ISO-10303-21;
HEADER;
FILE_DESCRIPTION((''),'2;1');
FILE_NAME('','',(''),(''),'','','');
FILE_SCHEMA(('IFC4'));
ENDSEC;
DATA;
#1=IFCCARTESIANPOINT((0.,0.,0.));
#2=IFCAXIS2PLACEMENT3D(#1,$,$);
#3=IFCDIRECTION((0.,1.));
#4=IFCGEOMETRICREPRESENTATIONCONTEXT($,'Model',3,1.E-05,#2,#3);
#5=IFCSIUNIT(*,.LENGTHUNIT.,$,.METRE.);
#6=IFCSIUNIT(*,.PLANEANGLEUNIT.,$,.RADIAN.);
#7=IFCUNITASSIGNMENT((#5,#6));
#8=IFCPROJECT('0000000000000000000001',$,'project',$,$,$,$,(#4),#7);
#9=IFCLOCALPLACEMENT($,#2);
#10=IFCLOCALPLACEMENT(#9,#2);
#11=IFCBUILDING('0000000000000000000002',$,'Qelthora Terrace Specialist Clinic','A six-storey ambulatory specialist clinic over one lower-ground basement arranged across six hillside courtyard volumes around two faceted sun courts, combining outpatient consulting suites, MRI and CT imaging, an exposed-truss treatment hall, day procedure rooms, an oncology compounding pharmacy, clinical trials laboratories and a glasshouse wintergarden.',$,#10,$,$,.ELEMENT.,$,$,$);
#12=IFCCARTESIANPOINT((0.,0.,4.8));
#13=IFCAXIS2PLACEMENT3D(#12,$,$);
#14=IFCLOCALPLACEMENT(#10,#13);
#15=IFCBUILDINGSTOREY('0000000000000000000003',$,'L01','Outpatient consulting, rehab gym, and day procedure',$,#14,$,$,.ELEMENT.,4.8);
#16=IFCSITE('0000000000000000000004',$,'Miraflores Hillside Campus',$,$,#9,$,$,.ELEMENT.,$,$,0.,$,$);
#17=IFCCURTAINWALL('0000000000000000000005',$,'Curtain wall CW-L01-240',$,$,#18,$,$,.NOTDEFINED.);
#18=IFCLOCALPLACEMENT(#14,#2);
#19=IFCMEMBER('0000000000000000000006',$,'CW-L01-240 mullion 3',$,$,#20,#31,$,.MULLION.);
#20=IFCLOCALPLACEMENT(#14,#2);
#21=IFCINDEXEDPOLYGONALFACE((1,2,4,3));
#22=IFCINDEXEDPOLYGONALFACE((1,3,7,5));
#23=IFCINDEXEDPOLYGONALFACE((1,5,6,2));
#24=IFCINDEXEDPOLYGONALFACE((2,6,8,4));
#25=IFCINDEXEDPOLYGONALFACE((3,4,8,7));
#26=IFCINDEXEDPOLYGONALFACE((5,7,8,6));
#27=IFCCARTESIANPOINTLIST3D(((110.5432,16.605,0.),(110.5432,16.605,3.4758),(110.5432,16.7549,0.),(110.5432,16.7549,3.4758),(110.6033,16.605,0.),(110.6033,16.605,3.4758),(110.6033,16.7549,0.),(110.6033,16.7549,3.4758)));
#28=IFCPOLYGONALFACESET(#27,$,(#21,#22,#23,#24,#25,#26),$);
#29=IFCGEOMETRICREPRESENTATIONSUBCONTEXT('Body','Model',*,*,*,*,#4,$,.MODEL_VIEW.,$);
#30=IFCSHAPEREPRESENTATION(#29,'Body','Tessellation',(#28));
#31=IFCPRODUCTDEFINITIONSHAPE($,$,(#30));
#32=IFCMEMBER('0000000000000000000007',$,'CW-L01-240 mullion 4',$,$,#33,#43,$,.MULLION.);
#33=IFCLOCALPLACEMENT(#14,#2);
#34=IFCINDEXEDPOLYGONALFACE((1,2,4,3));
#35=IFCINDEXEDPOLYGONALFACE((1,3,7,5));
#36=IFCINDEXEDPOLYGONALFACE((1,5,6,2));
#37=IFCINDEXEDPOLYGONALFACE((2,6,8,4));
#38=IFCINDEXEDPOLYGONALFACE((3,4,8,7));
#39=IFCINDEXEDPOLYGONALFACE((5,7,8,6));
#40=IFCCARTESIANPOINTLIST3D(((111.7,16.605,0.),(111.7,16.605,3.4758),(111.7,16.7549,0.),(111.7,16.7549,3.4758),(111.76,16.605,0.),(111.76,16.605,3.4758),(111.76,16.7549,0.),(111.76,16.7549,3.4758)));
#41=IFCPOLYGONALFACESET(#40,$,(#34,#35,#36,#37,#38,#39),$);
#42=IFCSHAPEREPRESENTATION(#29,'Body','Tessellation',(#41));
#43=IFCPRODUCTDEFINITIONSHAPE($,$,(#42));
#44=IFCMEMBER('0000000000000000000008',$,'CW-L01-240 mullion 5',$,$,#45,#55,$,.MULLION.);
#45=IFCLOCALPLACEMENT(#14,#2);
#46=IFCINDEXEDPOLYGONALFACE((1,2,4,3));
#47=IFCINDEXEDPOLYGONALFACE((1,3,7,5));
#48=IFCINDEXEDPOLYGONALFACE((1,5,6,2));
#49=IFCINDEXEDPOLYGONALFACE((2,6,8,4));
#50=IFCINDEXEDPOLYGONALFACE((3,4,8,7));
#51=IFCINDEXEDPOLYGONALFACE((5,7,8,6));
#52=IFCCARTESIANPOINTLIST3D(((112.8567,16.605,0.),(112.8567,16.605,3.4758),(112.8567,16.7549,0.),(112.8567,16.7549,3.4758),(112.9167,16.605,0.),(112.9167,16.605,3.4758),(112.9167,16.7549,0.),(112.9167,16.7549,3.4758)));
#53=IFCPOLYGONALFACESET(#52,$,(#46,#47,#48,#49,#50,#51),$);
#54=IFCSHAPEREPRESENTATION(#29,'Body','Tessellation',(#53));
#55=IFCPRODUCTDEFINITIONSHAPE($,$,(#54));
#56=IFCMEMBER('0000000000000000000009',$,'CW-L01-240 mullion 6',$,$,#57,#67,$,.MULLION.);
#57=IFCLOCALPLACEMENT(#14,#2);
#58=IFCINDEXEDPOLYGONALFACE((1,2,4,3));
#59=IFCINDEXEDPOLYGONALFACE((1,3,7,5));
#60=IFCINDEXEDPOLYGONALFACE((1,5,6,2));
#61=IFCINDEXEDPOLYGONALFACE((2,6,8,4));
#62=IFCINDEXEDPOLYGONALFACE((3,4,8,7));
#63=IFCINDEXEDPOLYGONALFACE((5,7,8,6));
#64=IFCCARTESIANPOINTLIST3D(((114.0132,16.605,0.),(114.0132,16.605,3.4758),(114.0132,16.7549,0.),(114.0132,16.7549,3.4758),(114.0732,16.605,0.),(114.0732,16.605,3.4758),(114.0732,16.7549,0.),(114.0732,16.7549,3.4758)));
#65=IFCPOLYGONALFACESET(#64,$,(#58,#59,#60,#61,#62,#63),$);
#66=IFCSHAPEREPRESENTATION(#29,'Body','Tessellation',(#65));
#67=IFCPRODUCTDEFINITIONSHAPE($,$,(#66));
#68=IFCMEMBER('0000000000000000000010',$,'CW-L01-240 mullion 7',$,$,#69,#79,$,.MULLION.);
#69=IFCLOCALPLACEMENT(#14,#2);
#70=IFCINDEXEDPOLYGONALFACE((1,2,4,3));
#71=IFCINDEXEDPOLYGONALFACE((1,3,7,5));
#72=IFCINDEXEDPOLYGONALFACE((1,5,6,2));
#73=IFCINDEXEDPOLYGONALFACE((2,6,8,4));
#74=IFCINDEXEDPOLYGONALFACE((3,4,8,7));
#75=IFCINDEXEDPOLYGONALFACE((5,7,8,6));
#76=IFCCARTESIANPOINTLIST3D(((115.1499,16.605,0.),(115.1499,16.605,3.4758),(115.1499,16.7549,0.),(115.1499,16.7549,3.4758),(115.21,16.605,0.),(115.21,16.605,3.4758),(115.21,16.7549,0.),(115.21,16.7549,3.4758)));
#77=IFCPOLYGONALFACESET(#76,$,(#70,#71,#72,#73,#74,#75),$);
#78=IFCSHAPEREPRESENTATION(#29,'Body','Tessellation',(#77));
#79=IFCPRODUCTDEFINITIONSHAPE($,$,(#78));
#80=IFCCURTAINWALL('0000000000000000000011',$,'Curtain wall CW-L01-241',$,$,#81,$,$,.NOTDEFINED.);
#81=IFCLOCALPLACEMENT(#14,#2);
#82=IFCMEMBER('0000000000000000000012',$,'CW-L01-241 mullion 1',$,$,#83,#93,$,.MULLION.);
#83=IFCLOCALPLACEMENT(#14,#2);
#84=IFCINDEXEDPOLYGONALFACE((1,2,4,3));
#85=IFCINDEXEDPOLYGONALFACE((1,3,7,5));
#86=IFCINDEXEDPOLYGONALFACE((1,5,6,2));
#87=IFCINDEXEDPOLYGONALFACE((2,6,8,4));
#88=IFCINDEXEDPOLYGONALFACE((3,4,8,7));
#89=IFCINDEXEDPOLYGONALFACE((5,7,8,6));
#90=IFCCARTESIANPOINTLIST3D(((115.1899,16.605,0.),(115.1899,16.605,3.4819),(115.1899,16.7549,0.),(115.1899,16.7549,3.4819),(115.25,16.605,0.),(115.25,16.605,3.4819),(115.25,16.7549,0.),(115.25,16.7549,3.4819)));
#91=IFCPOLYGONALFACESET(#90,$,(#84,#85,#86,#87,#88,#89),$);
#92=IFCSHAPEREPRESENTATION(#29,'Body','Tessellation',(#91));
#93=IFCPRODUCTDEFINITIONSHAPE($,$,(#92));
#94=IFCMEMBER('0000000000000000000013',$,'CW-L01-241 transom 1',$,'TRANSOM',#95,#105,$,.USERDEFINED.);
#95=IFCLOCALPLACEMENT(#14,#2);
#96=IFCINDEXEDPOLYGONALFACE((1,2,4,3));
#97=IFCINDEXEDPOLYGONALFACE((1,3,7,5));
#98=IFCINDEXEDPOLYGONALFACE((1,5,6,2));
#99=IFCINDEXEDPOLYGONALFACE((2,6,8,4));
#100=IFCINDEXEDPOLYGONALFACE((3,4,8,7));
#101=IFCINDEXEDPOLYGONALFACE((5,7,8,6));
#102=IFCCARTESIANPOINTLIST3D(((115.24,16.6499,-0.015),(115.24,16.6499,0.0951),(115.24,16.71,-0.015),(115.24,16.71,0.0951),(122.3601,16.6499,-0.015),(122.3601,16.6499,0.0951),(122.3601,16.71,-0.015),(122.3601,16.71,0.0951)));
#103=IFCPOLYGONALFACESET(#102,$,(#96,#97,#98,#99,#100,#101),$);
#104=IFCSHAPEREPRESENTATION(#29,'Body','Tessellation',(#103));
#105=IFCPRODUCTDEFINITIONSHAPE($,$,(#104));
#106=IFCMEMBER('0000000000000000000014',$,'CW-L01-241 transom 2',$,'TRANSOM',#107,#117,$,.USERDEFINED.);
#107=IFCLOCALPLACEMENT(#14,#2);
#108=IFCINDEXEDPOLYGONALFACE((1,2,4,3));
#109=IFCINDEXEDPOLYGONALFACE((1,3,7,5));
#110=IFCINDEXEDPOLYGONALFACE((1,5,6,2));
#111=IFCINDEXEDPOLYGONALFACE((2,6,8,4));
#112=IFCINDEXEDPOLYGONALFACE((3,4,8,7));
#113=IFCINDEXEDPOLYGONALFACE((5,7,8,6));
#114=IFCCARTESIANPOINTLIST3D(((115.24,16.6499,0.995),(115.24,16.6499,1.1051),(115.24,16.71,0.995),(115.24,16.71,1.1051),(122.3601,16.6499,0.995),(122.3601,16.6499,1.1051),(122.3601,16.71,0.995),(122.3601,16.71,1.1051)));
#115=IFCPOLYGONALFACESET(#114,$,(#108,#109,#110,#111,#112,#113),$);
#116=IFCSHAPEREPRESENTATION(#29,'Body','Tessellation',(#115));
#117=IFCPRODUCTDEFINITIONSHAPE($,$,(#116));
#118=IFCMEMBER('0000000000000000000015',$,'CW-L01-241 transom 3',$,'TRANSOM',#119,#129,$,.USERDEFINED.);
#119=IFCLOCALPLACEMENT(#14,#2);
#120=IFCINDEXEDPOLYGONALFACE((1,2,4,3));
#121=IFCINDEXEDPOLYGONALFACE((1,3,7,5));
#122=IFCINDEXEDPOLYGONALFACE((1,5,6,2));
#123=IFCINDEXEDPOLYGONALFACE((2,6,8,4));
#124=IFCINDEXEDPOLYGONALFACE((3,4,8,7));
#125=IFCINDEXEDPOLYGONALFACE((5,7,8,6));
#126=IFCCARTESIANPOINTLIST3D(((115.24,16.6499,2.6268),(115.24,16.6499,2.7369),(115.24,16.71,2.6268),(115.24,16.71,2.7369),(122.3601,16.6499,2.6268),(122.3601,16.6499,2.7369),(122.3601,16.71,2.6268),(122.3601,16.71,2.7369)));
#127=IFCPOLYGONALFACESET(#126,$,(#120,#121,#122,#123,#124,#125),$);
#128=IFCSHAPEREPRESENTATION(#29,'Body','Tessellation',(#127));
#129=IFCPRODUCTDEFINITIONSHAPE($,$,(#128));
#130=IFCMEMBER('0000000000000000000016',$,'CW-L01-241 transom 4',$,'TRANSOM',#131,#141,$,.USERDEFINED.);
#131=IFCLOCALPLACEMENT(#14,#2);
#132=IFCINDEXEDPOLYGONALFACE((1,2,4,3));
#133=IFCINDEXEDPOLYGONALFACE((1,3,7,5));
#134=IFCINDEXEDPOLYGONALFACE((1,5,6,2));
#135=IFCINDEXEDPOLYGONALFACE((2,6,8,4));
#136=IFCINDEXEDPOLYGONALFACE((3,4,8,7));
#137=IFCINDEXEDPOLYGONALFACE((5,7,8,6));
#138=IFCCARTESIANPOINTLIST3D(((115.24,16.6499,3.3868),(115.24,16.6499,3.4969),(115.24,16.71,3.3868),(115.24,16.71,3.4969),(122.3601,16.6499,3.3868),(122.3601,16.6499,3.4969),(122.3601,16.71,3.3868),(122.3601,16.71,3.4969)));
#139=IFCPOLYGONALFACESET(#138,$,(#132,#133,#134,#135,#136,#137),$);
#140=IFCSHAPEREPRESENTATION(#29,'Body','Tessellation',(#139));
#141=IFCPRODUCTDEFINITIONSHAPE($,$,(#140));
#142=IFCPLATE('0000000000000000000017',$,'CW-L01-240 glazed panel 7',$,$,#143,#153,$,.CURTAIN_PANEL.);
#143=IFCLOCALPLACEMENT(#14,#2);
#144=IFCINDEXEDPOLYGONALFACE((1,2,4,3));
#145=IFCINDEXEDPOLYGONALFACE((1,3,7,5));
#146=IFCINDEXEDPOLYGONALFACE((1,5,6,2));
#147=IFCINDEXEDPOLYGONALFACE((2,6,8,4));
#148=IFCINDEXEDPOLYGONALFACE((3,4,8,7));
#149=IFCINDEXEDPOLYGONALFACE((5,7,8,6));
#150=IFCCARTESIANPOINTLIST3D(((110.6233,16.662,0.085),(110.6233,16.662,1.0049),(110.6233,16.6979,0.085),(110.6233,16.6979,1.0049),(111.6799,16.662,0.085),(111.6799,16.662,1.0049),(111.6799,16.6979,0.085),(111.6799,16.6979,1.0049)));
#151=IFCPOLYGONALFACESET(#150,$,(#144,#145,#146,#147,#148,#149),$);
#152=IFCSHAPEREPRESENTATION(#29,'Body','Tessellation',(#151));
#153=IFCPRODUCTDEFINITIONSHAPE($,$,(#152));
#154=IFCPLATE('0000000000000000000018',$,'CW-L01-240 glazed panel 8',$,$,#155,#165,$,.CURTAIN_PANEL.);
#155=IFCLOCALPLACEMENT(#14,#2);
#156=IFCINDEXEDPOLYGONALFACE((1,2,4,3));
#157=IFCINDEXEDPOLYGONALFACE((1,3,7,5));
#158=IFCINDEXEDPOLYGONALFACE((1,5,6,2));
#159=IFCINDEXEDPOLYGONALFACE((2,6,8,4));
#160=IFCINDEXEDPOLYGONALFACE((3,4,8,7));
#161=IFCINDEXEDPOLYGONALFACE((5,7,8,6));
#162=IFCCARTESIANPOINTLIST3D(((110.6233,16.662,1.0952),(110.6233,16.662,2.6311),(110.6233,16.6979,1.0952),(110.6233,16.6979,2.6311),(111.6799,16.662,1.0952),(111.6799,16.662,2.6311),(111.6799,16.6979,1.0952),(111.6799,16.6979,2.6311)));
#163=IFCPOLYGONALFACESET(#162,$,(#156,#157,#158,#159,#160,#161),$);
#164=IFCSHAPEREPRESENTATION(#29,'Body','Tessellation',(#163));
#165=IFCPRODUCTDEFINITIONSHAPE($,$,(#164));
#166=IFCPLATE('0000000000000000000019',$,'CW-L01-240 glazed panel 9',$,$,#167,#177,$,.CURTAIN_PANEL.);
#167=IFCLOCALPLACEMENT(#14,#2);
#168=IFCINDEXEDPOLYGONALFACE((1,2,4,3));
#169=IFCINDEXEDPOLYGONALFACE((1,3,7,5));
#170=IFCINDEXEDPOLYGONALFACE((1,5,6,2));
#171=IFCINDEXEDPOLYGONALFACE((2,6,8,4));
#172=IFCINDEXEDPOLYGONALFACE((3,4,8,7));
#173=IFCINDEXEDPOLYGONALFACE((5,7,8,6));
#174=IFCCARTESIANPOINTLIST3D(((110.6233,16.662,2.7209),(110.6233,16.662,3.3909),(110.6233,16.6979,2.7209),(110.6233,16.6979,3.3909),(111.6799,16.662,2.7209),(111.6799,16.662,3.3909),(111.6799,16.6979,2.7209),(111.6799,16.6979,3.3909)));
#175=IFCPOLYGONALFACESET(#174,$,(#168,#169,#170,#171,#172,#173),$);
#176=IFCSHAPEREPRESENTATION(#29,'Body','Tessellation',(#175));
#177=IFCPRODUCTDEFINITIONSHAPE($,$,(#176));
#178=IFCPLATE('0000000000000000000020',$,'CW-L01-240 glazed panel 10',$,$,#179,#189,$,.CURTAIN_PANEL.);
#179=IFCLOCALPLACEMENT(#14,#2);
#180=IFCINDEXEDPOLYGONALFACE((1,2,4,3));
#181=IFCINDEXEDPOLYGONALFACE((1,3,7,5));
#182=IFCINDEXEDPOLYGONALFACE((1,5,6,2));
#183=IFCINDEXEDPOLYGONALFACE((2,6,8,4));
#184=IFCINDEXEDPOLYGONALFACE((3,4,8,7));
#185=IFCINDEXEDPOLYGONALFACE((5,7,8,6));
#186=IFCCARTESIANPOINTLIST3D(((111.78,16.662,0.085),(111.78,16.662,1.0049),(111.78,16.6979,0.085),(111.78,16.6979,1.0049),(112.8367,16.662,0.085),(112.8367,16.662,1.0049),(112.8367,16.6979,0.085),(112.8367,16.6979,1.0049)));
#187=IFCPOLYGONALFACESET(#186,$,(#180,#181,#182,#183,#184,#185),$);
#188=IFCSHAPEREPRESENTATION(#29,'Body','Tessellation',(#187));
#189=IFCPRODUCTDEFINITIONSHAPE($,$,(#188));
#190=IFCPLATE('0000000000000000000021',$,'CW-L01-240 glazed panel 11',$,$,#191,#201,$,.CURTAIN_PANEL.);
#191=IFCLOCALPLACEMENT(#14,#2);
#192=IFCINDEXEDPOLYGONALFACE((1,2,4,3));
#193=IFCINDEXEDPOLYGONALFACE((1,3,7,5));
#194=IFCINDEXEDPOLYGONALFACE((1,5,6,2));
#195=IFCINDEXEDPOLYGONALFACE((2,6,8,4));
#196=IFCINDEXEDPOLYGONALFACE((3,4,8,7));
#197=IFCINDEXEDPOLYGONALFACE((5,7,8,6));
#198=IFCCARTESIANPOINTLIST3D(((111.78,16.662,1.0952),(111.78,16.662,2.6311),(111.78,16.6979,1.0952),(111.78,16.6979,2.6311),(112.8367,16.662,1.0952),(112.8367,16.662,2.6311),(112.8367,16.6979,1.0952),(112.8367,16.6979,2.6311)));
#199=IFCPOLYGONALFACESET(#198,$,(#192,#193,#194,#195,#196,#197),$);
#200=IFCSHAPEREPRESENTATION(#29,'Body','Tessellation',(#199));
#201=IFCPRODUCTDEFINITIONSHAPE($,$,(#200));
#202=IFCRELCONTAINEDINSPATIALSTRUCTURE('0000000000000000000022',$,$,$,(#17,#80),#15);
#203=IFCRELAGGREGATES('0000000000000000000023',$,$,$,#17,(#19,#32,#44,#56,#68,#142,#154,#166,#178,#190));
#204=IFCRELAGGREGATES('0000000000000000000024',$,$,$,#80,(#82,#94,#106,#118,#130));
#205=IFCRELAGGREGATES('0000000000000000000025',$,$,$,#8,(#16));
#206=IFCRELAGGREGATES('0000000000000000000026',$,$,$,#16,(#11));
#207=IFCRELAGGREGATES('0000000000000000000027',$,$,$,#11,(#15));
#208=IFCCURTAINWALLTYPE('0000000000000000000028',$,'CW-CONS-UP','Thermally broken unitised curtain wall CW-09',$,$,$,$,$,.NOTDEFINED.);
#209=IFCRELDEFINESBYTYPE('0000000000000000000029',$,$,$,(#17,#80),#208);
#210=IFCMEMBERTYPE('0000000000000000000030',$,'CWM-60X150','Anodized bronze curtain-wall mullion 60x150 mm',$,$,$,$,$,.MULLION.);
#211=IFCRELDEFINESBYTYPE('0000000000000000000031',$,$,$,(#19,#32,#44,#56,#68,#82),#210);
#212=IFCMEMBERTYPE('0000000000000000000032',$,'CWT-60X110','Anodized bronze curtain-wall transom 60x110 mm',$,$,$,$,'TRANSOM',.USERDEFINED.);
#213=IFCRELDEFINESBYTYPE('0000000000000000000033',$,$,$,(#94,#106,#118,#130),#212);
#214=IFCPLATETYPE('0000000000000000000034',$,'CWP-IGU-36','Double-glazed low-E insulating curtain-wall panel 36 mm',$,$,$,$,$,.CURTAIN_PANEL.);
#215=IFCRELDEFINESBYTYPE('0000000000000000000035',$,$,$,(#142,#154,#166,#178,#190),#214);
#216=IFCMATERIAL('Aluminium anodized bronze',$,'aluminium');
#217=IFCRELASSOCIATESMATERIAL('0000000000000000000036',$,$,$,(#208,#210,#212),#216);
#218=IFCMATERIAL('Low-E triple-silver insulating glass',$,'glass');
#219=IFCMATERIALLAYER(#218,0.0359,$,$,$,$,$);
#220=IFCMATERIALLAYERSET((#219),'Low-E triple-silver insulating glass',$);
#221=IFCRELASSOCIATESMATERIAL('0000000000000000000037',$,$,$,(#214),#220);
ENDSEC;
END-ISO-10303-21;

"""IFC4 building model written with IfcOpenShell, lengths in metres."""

from ifc_helpers import new_model, si_unit, direction, frame, origin, origin_2d, place, context, subcontext, project, spatial, rectangle, extrude, material, layer, layer_set, material_profile, profile_set, type_object, element, aggregate, save


model = new_model("IFC4")

# Units and contexts
model_context = context("Model", 3, precision=1e-05, world=origin(), true_north=direction((0.0, 1.0)))
body_context = subcontext(model_context, "Body", "Model", "MODEL_VIEW")
ifc_project = project(units=[si_unit("LENGTHUNIT", "METRE"), si_unit("PLANEANGLEUNIT", "RADIAN")], contexts=[model_context])

# Site, building, storey
site_placement = place(None, origin())
site = spatial("IfcSite", under=ifc_project, at=site_placement, Name="Miraflores Hillside Campus", CompositionType="ELEMENT", RefElevation=0.0)
building_placement = place(site_placement, origin())
building = spatial("IfcBuilding", under=site, at=building_placement, Name="Qelthora Terrace Specialist Clinic", Description="A six-storey ambulatory specialist clinic over one lower-ground basement arranged across six hillside courtyard volumes around two faceted sun courts, combining outpatient consulting suites, MRI and CT imaging, an exposed-truss treatment hall, day procedure rooms, an oncology compounding pharmacy, clinical trials laboratories and a glasshouse wintergarden.", CompositionType="ELEMENT")
storey_placement = place(building_placement, frame((0.0, 0.0, 4.8)))
storey = spatial("IfcBuildingStorey", under=building, at=storey_placement, Name="L01", Description="Outpatient consulting, rehab gym, and day procedure", CompositionType="ELEMENT", Elevation=4.8)

# Curtain walls, members
ifc_material_1 = material(Name="Aluminium anodized bronze", Category="aluminium")
curtain_wall_type = type_object("IfcCurtainWallType", Name="CW-CONS-UP", Description="Thermally broken unitised curtain wall CW-09", PredefinedType="NOTDEFINED", material=ifc_material_1)
curtain_wall_1_placement = place(storey_placement, origin())
curtain_wall_1 = element("IfcCurtainWall", 1, at=curtain_wall_1_placement, inside=storey, type_object=curtain_wall_type, Name="Curtain wall CW-L01-240", PredefinedType="NOTDEFINED")
ifc_material_profile_1 = material_profile(ifc_material_1, rectangle(XDim=0.0601, YDim=0.1499, at=origin_2d()), Name="CWM60X150")
ifc_profile_set_1 = profile_set([ifc_material_profile_1], Name="Aluminium anodized bronze")
member_type_1 = type_object("IfcMemberType", Name="CWM-60X150", Description="Anodized bronze curtain-wall mullion 60x150 mm", PredefinedType="MULLION", material=ifc_profile_set_1)
member_1_placement = place(storey_placement, frame((110.5732, 16.6799, 0.0), z_axis=(0.0, 0.0, 1.0), x_axis=(1.0, 0.0, 0.0)))
member_1 = element("IfcMember", 2, at=member_1_placement, type_object=member_type_1, Name="CW-L01-240 mullion 3", PredefinedType="MULLION", context=body_context, shape_type="SweptSolid", body=[
    extrude(rectangle(XDim=0.0601, YDim=0.1499, at=origin_2d()), origin(), (0.0, 0.0, 1.0), 3.4758),
])
member_2_placement = place(storey_placement, frame((111.73, 16.6799, 0.0), z_axis=(0.0, 0.0, 1.0), x_axis=(1.0, 0.0, 0.0)))
member_2 = element("IfcMember", 3, at=member_2_placement, type_object=member_type_1, Name="CW-L01-240 mullion 4", PredefinedType="MULLION", context=body_context, shape_type="SweptSolid", body=[
    extrude(rectangle(XDim=0.0601, YDim=0.1499, at=origin_2d()), origin(), (0.0, 0.0, 1.0), 3.4758),
])
member_3_placement = place(storey_placement, frame((112.8867, 16.6799, 0.0), z_axis=(0.0, 0.0, 1.0), x_axis=(1.0, 0.0, 0.0)))
member_3 = element("IfcMember", 4, at=member_3_placement, type_object=member_type_1, Name="CW-L01-240 mullion 5", PredefinedType="MULLION", context=body_context, shape_type="SweptSolid", body=[
    extrude(rectangle(XDim=0.0601, YDim=0.1499, at=origin_2d()), origin(), (0.0, 0.0, 1.0), 3.4758),
])
member_4_placement = place(storey_placement, frame((114.0432, 16.6799, 0.0), z_axis=(0.0, 0.0, 1.0), x_axis=(1.0, 0.0, 0.0)))
member_4 = element("IfcMember", 5, at=member_4_placement, type_object=member_type_1, Name="CW-L01-240 mullion 6", PredefinedType="MULLION", context=body_context, shape_type="SweptSolid", body=[
    extrude(rectangle(XDim=0.0601, YDim=0.1499, at=origin_2d()), origin(), (0.0, 0.0, 1.0), 3.4758),
])
member_5_placement = place(storey_placement, frame((115.1799, 16.6799, 0.0), z_axis=(0.0, 0.0, 1.0), x_axis=(1.0, 0.0, 0.0)))
member_5 = element("IfcMember", 6, at=member_5_placement, type_object=member_type_1, Name="CW-L01-240 mullion 7", PredefinedType="MULLION", context=body_context, shape_type="SweptSolid", body=[
    extrude(rectangle(XDim=0.0601, YDim=0.1499, at=origin_2d()), origin(), (0.0, 0.0, 1.0), 3.4758),
])
curtain_wall_2_placement = place(storey_placement, origin())
curtain_wall_2 = element("IfcCurtainWall", 7, at=curtain_wall_2_placement, inside=storey, type_object=curtain_wall_type, Name="Curtain wall CW-L01-241", PredefinedType="NOTDEFINED")
member_6_placement = place(storey_placement, frame((115.22, 16.6799, 0.0), z_axis=(0.0, 0.0, 1.0), x_axis=(1.0, 0.0, 0.0)))
member_6 = element("IfcMember", 8, at=member_6_placement, type_object=member_type_1, Name="CW-L01-241 mullion 1", PredefinedType="MULLION", context=body_context, shape_type="SweptSolid", body=[
    extrude(rectangle(XDim=0.0601, YDim=0.1499, at=origin_2d()), origin(), (0.0, 0.0, 1.0), 3.4819),
])
ifc_material_profile_2 = material_profile(ifc_material_1, rectangle(XDim=0.0601, YDim=0.1101, at=origin_2d()), Name="CWT60X110")
ifc_profile_set_2 = profile_set([ifc_material_profile_2], Name="Aluminium anodized bronze")
member_type_2 = type_object("IfcMemberType", Name="CWT-60X110", Description="Anodized bronze curtain-wall transom 60x110 mm", ElementType="TRANSOM", PredefinedType="USERDEFINED", material=ifc_profile_set_2)
member_7_placement = place(storey_placement, frame((115.24, 16.6799, 0.04), z_axis=(1.0, 0.0, 0.0), x_axis=(0.0, 1.0, 0.0)))
member_7 = element("IfcMember", 9, at=member_7_placement, type_object=member_type_2, Name="CW-L01-241 transom 1", ObjectType="TRANSOM", PredefinedType="USERDEFINED", context=body_context, shape_type="SweptSolid", body=[
    extrude(rectangle(XDim=0.0601, YDim=0.1101, at=origin_2d()), origin(), (0.0, 0.0, 1.0), 7.1201),
])
member_8_placement = place(storey_placement, frame((115.24, 16.6799, 1.05), z_axis=(1.0, 0.0, 0.0), x_axis=(0.0, 1.0, 0.0)))
member_8 = element("IfcMember", 10, at=member_8_placement, type_object=member_type_2, Name="CW-L01-241 transom 2", ObjectType="TRANSOM", PredefinedType="USERDEFINED", context=body_context, shape_type="SweptSolid", body=[
    extrude(rectangle(XDim=0.0601, YDim=0.1101, at=origin_2d()), origin(), (0.0, 0.0, 1.0), 7.1201),
])
member_9_placement = place(storey_placement, frame((115.24, 16.6799, 2.6819), z_axis=(1.0, 0.0, 0.0), x_axis=(0.0, 1.0, 0.0)))
member_9 = element("IfcMember", 11, at=member_9_placement, type_object=member_type_2, Name="CW-L01-241 transom 3", ObjectType="TRANSOM", PredefinedType="USERDEFINED", context=body_context, shape_type="SweptSolid", body=[
    extrude(rectangle(XDim=0.0601, YDim=0.1101, at=origin_2d()), origin(), (0.0, 0.0, 1.0), 7.1201),
])
member_10_placement = place(storey_placement, frame((115.24, 16.6799, 3.4419), z_axis=(1.0, 0.0, 0.0), x_axis=(0.0, 1.0, 0.0)))
member_10 = element("IfcMember", 12, at=member_10_placement, type_object=member_type_2, Name="CW-L01-241 transom 4", ObjectType="TRANSOM", PredefinedType="USERDEFINED", context=body_context, shape_type="SweptSolid", body=[
    extrude(rectangle(XDim=0.0601, YDim=0.1101, at=origin_2d()), origin(), (0.0, 0.0, 1.0), 7.1201),
])

# Plates
ifc_material_2 = material(Name="Low-E triple-silver insulating glass", Category="glass")
ifc_layer_1 = layer(ifc_material_2, 0.0359)
ifc_layer_set_1 = layer_set([ifc_layer_1], Name="Low-E triple-silver insulating glass")
plate_type = type_object("IfcPlateType", Name="CWP-IGU-36", Description="Double-glazed low-E insulating curtain-wall panel 36 mm", PredefinedType="CURTAIN_PANEL", material=ifc_layer_set_1)
plate_1_placement = place(storey_placement, frame((111.1516, 16.6799, 0.085), z_axis=(0.0, 0.0, 1.0), x_axis=(1.0, 0.0, 0.0)))
plate_1 = element("IfcPlate", 13, at=plate_1_placement, type_object=plate_type, Name="CW-L01-240 glazed panel 7", PredefinedType="CURTAIN_PANEL", context=body_context, shape_type="SweptSolid", body=[
    extrude(rectangle(XDim=1.0566, YDim=0.0359, at=origin_2d()), origin(), (0.0, 0.0, 1.0), 0.9199),
])
plate_2_placement = place(storey_placement, frame((111.1516, 16.6799, 1.0952), z_axis=(0.0, 0.0, 1.0), x_axis=(1.0, 0.0, 0.0)))
plate_2 = element("IfcPlate", 14, at=plate_2_placement, type_object=plate_type, Name="CW-L01-240 glazed panel 8", PredefinedType="CURTAIN_PANEL", context=body_context, shape_type="SweptSolid", body=[
    extrude(rectangle(XDim=1.0566, YDim=0.0359, at=origin_2d()), origin(), (0.0, 0.0, 1.0), 1.5359),
])
plate_3_placement = place(storey_placement, frame((111.1516, 16.6799, 2.7209), z_axis=(0.0, 0.0, 1.0), x_axis=(1.0, 0.0, 0.0)))
plate_3 = element("IfcPlate", 15, at=plate_3_placement, type_object=plate_type, Name="CW-L01-240 glazed panel 9", PredefinedType="CURTAIN_PANEL", context=body_context, shape_type="SweptSolid", body=[
    extrude(rectangle(XDim=1.0566, YDim=0.0359, at=origin_2d()), origin(), (0.0, 0.0, 1.0), 0.6699),
])
plate_4_placement = place(storey_placement, frame((112.3083, 16.6799, 0.085), z_axis=(0.0, 0.0, 1.0), x_axis=(1.0, 0.0, 0.0)))
plate_4 = element("IfcPlate", 16, at=plate_4_placement, type_object=plate_type, Name="CW-L01-240 glazed panel 10", PredefinedType="CURTAIN_PANEL", context=body_context, shape_type="SweptSolid", body=[
    extrude(rectangle(XDim=1.0566, YDim=0.0359, at=origin_2d()), origin(), (0.0, 0.0, 1.0), 0.9199),
])
plate_5_placement = place(storey_placement, frame((112.3083, 16.6799, 1.0952), z_axis=(0.0, 0.0, 1.0), x_axis=(1.0, 0.0, 0.0)))
plate_5 = element("IfcPlate", 17, at=plate_5_placement, type_object=plate_type, Name="CW-L01-240 glazed panel 11", PredefinedType="CURTAIN_PANEL", context=body_context, shape_type="SweptSolid", body=[
    extrude(rectangle(XDim=1.0566, YDim=0.0359, at=origin_2d()), origin(), (0.0, 0.0, 1.0), 1.5359),
])
aggregate(curtain_wall_1, [member_1, member_2, member_3, member_4, member_5, plate_1, plate_2, plate_3, plate_4, plate_5])
aggregate(curtain_wall_2, [member_6, member_7, member_8, member_9, member_10])

save(model, "model.ifc")
